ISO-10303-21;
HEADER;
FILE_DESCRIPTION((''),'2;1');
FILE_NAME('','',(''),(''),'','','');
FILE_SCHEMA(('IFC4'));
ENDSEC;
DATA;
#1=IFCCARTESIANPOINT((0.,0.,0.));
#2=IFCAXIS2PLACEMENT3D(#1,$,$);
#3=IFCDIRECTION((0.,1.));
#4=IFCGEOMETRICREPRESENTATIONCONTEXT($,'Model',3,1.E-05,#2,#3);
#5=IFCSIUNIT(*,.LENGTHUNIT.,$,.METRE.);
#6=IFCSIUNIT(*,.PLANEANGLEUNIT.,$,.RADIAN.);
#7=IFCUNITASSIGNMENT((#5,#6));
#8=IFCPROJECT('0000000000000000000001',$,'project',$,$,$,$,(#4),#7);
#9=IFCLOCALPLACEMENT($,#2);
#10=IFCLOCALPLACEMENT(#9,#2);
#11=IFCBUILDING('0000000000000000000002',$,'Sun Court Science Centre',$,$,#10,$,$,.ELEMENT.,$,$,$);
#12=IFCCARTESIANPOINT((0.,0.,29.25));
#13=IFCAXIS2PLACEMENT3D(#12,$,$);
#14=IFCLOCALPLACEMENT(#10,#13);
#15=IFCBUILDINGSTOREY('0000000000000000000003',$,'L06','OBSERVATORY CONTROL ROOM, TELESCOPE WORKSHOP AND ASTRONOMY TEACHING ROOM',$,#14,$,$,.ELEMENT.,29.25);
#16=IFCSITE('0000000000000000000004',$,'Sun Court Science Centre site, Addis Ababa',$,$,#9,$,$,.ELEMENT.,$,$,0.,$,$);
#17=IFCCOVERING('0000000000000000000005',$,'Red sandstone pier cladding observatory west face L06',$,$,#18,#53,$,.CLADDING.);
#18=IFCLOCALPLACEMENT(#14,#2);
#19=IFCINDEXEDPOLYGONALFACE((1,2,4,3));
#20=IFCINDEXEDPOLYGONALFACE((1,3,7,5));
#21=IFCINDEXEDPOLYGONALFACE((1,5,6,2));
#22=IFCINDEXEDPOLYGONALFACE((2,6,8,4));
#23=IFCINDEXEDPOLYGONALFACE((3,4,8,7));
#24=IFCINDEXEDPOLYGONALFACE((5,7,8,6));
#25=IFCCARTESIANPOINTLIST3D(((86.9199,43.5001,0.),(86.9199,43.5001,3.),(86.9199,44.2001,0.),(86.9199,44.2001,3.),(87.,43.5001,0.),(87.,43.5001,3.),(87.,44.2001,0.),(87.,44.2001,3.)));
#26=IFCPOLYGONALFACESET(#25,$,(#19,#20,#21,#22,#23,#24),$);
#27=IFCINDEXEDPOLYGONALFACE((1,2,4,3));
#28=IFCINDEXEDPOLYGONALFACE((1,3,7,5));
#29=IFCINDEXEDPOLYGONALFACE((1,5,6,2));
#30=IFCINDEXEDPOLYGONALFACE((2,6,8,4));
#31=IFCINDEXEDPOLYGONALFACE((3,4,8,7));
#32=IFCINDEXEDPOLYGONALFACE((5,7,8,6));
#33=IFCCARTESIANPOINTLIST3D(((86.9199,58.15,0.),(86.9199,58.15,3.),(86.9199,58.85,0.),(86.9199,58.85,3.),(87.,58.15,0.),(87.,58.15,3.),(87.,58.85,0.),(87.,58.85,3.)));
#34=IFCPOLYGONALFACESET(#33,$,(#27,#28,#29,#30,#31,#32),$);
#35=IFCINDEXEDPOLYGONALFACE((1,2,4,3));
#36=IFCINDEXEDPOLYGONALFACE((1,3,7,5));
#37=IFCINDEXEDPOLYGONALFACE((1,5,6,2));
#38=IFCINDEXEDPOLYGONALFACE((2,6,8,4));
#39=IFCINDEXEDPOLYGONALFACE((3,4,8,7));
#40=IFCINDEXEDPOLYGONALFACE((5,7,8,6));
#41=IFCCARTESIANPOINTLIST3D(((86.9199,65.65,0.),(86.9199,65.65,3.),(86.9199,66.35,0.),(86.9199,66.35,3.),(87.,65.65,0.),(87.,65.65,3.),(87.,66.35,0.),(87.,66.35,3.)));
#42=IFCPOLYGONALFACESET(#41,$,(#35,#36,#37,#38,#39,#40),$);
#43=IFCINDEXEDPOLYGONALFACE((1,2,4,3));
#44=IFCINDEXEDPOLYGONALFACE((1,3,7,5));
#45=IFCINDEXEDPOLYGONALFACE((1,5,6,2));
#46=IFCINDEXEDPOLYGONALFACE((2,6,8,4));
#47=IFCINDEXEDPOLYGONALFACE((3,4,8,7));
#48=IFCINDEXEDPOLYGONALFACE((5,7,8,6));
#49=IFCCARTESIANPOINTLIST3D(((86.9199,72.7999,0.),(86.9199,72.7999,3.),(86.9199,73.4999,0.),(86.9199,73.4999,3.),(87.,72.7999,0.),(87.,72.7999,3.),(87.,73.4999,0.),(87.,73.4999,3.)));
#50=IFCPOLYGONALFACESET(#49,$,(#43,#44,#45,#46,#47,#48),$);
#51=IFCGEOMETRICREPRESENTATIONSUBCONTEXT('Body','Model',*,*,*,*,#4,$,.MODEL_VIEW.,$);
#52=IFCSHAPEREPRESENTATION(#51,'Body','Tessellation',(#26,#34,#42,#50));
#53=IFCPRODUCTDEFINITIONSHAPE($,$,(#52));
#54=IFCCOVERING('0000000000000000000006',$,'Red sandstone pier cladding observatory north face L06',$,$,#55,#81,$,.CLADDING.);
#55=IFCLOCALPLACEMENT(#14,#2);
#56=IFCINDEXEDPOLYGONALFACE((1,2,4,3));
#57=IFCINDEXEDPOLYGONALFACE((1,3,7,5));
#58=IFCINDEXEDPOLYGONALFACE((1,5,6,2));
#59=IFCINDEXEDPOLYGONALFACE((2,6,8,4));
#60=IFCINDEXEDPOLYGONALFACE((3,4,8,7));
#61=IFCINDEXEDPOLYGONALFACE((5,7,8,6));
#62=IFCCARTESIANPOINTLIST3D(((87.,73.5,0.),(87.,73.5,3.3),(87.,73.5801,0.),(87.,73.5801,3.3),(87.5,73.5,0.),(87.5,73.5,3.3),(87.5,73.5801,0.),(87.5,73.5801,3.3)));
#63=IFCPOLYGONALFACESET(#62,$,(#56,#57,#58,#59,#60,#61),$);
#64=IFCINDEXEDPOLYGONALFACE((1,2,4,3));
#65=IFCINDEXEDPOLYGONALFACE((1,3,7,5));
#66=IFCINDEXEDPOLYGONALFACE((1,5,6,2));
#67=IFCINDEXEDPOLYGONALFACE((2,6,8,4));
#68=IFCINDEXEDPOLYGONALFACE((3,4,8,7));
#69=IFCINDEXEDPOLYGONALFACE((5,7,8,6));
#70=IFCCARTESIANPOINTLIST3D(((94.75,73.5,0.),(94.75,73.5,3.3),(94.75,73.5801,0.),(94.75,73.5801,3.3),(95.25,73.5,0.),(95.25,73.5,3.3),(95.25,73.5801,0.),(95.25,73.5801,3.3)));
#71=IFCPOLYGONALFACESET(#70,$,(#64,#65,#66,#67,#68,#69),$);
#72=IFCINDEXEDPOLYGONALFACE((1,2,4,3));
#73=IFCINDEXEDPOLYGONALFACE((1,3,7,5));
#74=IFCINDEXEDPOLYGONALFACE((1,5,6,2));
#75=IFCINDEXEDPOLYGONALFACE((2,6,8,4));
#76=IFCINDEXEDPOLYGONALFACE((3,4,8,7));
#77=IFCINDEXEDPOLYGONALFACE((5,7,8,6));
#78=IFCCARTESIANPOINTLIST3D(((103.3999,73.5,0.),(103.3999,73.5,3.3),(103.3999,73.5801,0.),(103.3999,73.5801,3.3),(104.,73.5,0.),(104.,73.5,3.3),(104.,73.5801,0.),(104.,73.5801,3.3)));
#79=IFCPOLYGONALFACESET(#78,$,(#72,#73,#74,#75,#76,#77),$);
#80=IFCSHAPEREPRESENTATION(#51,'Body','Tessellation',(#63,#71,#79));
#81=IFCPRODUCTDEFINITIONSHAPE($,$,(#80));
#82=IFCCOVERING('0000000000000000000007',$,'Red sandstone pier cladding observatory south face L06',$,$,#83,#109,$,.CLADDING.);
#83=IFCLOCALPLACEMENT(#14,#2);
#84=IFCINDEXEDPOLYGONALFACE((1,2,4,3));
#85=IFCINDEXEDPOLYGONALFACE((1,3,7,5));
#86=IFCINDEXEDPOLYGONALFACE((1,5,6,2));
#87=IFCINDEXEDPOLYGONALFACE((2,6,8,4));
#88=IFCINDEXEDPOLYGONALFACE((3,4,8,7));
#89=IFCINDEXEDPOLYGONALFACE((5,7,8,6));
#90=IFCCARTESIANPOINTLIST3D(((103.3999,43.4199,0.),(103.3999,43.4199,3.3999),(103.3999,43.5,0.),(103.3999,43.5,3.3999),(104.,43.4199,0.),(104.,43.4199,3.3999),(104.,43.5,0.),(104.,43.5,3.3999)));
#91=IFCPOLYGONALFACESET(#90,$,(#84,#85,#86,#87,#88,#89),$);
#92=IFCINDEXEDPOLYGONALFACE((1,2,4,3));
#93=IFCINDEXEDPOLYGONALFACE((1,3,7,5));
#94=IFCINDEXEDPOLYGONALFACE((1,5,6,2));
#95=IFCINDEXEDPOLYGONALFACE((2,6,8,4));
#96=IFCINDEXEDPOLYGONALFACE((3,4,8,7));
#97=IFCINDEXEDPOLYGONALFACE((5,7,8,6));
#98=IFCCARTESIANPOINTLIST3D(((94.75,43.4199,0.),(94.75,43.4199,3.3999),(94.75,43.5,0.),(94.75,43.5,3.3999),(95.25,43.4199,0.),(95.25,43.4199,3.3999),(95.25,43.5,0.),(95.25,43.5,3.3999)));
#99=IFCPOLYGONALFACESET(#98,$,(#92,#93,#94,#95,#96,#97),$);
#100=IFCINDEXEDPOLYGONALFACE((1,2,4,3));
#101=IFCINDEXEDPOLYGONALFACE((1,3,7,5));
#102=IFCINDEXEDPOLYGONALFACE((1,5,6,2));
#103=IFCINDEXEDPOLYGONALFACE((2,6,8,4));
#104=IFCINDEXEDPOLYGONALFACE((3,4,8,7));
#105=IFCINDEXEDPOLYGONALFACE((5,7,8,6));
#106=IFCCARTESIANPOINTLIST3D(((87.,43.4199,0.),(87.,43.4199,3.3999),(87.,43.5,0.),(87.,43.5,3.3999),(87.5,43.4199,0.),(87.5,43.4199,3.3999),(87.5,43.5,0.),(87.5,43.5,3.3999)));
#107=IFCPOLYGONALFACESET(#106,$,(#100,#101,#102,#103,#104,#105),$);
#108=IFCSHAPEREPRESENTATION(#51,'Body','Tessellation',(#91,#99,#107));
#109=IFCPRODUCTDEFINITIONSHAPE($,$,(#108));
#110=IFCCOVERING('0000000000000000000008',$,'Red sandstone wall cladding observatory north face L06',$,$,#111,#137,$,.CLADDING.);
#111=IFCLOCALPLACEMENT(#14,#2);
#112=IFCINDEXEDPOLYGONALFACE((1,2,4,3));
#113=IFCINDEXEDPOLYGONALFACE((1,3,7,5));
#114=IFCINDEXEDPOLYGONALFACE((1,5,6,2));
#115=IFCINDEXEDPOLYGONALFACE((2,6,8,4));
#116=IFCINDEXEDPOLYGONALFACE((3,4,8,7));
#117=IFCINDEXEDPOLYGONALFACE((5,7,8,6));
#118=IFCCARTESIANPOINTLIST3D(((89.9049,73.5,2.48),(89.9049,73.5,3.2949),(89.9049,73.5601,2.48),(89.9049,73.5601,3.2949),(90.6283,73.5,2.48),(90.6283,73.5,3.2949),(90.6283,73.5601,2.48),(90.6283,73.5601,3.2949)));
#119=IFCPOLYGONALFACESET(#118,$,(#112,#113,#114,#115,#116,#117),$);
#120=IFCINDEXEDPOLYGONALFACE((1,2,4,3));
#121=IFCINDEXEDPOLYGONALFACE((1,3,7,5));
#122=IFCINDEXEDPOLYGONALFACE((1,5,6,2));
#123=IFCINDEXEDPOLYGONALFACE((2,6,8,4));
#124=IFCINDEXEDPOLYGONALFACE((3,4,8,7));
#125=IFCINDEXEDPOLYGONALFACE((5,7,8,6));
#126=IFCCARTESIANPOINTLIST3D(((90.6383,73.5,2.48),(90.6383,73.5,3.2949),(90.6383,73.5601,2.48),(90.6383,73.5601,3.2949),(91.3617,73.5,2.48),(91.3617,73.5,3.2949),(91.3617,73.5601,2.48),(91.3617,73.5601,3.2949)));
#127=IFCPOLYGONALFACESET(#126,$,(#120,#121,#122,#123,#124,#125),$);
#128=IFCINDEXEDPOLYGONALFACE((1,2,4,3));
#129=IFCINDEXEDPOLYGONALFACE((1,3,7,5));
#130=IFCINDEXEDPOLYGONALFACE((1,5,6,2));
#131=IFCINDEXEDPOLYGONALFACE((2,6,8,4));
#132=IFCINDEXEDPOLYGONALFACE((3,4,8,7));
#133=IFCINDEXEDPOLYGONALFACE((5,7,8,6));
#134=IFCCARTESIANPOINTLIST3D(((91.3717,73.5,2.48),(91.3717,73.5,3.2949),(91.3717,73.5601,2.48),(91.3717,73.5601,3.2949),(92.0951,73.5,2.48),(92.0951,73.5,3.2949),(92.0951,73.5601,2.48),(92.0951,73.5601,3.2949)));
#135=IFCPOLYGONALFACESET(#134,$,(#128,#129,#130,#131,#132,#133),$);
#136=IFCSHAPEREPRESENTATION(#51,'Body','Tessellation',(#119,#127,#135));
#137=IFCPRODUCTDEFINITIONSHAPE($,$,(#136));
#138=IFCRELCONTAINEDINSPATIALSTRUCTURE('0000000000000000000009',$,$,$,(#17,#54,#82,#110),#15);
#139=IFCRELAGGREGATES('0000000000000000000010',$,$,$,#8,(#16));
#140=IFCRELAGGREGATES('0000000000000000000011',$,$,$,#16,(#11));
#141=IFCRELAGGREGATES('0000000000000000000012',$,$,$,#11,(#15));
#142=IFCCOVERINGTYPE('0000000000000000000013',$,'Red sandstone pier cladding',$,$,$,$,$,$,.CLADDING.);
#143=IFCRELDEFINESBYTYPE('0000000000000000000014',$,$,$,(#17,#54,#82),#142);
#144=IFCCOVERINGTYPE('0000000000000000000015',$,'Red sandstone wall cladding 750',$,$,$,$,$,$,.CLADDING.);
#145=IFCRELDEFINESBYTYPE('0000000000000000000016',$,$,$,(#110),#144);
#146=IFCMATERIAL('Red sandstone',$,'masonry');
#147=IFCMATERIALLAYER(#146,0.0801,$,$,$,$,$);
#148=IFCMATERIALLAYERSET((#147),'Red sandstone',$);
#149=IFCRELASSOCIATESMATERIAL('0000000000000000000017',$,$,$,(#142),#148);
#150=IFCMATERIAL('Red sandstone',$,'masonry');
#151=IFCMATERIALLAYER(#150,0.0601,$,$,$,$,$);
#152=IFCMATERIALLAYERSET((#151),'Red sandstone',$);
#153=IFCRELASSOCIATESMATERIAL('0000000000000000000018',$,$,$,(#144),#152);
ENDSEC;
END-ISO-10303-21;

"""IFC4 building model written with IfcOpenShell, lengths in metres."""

from ifc_helpers import new_model, si_unit, direction, frame, origin, origin_2d, place, context, subcontext, project, spatial, rectangle, extrude, material, layer, layer_set, type_object, element, save


model = new_model("IFC4")

# Units and contexts
model_context = context("Model", 3, precision=1e-05, world=origin(), true_north=direction((0.0, 1.0)))
body_context = subcontext(model_context, "Body", "Model", "MODEL_VIEW")
ifc_project = project(units=[si_unit("LENGTHUNIT", "METRE"), si_unit("PLANEANGLEUNIT", "RADIAN")], contexts=[model_context])

# Site, building, storey
site_placement = place(None, origin())
site = spatial("IfcSite", under=ifc_project, at=site_placement, Name="Sun Court Science Centre site, Addis Ababa", CompositionType="ELEMENT", RefElevation=0.0)
building_placement = place(site_placement, origin())
building = spatial("IfcBuilding", under=site, at=building_placement, Name="Sun Court Science Centre", CompositionType="ELEMENT")
storey_placement = place(building_placement, frame((0.0, 0.0, 29.25)))
storey = spatial("IfcBuildingStorey", under=building, at=storey_placement, Name="L06", Description="OBSERVATORY CONTROL ROOM, TELESCOPE WORKSHOP AND ASTRONOMY TEACHING ROOM", CompositionType="ELEMENT", Elevation=29.25)

# Coverings
ifc_material_1 = material(Name="Red sandstone", Category="masonry")
ifc_layer_1 = layer(ifc_material_1, 0.0801)
ifc_layer_set_1 = layer_set([ifc_layer_1], Name="Red sandstone")
covering_type_1 = type_object("IfcCoveringType", Name="Red sandstone pier cladding", PredefinedType="CLADDING", material=ifc_layer_set_1)
covering_1_placement = place(storey_placement, frame((0.0, 0.0, -29.25)))
element("IfcCovering", 1, at=covering_1_placement, inside=storey, type_object=covering_type_1, Name="Red sandstone pier cladding observatory west face L06", PredefinedType="CLADDING", context=body_context, shape_type="SweptSolid", body=[
    extrude(rectangle(XDim=0.7, YDim=0.0801, at=origin_2d()), frame((86.96, 43.8501, 29.25), z_axis=(0.0, 0.0, 1.0), x_axis=(0.0, 1.0, 0.0)), (0.0, 0.0, 1.0), 3.0),
    extrude(rectangle(XDim=0.7, YDim=0.0801, at=origin_2d()), frame((86.96, 58.5, 29.25), z_axis=(0.0, 0.0, 1.0), x_axis=(0.0, 1.0, 0.0)), (0.0, 0.0, 1.0), 3.0),
    extrude(rectangle(XDim=0.7, YDim=0.0801, at=origin_2d()), frame((86.96, 66.0, 29.25), z_axis=(0.0, 0.0, 1.0), x_axis=(0.0, 1.0, 0.0)), (0.0, 0.0, 1.0), 3.0),
    extrude(rectangle(XDim=0.7, YDim=0.0801, at=origin_2d()), frame((86.96, 73.1499, 29.25), z_axis=(0.0, 0.0, 1.0), x_axis=(0.0, 1.0, 0.0)), (0.0, 0.0, 1.0), 3.0),
])
covering_2_placement = place(storey_placement, frame((0.0, 0.0, -29.25)))
element("IfcCovering", 2, at=covering_2_placement, inside=storey, type_object=covering_type_1, Name="Red sandstone pier cladding observatory north face L06", PredefinedType="CLADDING", context=body_context, shape_type="SweptSolid", body=[
    extrude(rectangle(XDim=0.5, YDim=0.0801, at=origin_2d()), frame((87.25, 73.54, 29.25), z_axis=(0.0, 0.0, 1.0), x_axis=(1.0, 0.0, 0.0)), (0.0, 0.0, 1.0), 3.3),
    extrude(rectangle(XDim=0.5, YDim=0.0801, at=origin_2d()), frame((95.0, 73.54, 29.25), z_axis=(0.0, 0.0, 1.0), x_axis=(1.0, 0.0, 0.0)), (0.0, 0.0, 1.0), 3.3),
    extrude(rectangle(XDim=0.6001, YDim=0.0801, at=origin_2d()), frame((103.7, 73.54, 29.25), z_axis=(0.0, 0.0, 1.0), x_axis=(1.0, 0.0, 0.0)), (0.0, 0.0, 1.0), 3.3),
])
covering_3_placement = place(storey_placement, frame((0.0, 0.0, -29.25)))
element("IfcCovering", 3, at=covering_3_placement, inside=storey, type_object=covering_type_1, Name="Red sandstone pier cladding observatory south face L06", PredefinedType="CLADDING", context=body_context, shape_type="SweptSolid", body=[
    extrude(rectangle(XDim=0.6001, YDim=0.0801, at=origin_2d()), frame((103.7, 43.46, 29.25), z_axis=(0.0, 0.0, 1.0), x_axis=(-1.0, 0.0, 0.0)), (0.0, 0.0, 1.0), 3.3999),
    extrude(rectangle(XDim=0.5, YDim=0.0801, at=origin_2d()), frame((95.0, 43.46, 29.25), z_axis=(0.0, 0.0, 1.0), x_axis=(-1.0, 0.0, 0.0)), (0.0, 0.0, 1.0), 3.3999),
    extrude(rectangle(XDim=0.5, YDim=0.0801, at=origin_2d()), frame((87.25, 43.46, 29.25), z_axis=(0.0, 0.0, 1.0), x_axis=(-1.0, 0.0, 0.0)), (0.0, 0.0, 1.0), 3.3999),
])
ifc_material_2 = material(Name="Red sandstone", Category="masonry")
ifc_layer_2 = layer(ifc_material_2, 0.0601)
ifc_layer_set_2 = layer_set([ifc_layer_2], Name="Red sandstone")
covering_type_2 = type_object("IfcCoveringType", Name="Red sandstone wall cladding 750", PredefinedType="CLADDING", material=ifc_layer_set_2)
covering_4_placement = place(storey_placement, frame((0.0, 0.0, -29.25)))
element("IfcCovering", 4, at=covering_4_placement, inside=storey, type_object=covering_type_2, Name="Red sandstone wall cladding observatory north face L06", PredefinedType="CLADDING", context=body_context, shape_type="SweptSolid", body=[
    extrude(rectangle(XDim=0.7234, YDim=0.0601, at=origin_2d()), frame((90.2666, 73.53, 31.73), z_axis=(0.0, 0.0, 1.0), x_axis=(1.0, 0.0, 0.0)), (0.0, 0.0, 1.0), 0.8149),
    extrude(rectangle(XDim=0.7234, YDim=0.0601, at=origin_2d()), frame((91.0, 73.53, 31.73), z_axis=(0.0, 0.0, 1.0), x_axis=(1.0, 0.0, 0.0)), (0.0, 0.0, 1.0), 0.8149),
    extrude(rectangle(XDim=0.7234, YDim=0.0601, at=origin_2d()), frame((91.7334, 73.53, 31.73), z_axis=(0.0, 0.0, 1.0), x_axis=(1.0, 0.0, 0.0)), (0.0, 0.0, 1.0), 0.8149),
])

save(model, "model.ifc")
